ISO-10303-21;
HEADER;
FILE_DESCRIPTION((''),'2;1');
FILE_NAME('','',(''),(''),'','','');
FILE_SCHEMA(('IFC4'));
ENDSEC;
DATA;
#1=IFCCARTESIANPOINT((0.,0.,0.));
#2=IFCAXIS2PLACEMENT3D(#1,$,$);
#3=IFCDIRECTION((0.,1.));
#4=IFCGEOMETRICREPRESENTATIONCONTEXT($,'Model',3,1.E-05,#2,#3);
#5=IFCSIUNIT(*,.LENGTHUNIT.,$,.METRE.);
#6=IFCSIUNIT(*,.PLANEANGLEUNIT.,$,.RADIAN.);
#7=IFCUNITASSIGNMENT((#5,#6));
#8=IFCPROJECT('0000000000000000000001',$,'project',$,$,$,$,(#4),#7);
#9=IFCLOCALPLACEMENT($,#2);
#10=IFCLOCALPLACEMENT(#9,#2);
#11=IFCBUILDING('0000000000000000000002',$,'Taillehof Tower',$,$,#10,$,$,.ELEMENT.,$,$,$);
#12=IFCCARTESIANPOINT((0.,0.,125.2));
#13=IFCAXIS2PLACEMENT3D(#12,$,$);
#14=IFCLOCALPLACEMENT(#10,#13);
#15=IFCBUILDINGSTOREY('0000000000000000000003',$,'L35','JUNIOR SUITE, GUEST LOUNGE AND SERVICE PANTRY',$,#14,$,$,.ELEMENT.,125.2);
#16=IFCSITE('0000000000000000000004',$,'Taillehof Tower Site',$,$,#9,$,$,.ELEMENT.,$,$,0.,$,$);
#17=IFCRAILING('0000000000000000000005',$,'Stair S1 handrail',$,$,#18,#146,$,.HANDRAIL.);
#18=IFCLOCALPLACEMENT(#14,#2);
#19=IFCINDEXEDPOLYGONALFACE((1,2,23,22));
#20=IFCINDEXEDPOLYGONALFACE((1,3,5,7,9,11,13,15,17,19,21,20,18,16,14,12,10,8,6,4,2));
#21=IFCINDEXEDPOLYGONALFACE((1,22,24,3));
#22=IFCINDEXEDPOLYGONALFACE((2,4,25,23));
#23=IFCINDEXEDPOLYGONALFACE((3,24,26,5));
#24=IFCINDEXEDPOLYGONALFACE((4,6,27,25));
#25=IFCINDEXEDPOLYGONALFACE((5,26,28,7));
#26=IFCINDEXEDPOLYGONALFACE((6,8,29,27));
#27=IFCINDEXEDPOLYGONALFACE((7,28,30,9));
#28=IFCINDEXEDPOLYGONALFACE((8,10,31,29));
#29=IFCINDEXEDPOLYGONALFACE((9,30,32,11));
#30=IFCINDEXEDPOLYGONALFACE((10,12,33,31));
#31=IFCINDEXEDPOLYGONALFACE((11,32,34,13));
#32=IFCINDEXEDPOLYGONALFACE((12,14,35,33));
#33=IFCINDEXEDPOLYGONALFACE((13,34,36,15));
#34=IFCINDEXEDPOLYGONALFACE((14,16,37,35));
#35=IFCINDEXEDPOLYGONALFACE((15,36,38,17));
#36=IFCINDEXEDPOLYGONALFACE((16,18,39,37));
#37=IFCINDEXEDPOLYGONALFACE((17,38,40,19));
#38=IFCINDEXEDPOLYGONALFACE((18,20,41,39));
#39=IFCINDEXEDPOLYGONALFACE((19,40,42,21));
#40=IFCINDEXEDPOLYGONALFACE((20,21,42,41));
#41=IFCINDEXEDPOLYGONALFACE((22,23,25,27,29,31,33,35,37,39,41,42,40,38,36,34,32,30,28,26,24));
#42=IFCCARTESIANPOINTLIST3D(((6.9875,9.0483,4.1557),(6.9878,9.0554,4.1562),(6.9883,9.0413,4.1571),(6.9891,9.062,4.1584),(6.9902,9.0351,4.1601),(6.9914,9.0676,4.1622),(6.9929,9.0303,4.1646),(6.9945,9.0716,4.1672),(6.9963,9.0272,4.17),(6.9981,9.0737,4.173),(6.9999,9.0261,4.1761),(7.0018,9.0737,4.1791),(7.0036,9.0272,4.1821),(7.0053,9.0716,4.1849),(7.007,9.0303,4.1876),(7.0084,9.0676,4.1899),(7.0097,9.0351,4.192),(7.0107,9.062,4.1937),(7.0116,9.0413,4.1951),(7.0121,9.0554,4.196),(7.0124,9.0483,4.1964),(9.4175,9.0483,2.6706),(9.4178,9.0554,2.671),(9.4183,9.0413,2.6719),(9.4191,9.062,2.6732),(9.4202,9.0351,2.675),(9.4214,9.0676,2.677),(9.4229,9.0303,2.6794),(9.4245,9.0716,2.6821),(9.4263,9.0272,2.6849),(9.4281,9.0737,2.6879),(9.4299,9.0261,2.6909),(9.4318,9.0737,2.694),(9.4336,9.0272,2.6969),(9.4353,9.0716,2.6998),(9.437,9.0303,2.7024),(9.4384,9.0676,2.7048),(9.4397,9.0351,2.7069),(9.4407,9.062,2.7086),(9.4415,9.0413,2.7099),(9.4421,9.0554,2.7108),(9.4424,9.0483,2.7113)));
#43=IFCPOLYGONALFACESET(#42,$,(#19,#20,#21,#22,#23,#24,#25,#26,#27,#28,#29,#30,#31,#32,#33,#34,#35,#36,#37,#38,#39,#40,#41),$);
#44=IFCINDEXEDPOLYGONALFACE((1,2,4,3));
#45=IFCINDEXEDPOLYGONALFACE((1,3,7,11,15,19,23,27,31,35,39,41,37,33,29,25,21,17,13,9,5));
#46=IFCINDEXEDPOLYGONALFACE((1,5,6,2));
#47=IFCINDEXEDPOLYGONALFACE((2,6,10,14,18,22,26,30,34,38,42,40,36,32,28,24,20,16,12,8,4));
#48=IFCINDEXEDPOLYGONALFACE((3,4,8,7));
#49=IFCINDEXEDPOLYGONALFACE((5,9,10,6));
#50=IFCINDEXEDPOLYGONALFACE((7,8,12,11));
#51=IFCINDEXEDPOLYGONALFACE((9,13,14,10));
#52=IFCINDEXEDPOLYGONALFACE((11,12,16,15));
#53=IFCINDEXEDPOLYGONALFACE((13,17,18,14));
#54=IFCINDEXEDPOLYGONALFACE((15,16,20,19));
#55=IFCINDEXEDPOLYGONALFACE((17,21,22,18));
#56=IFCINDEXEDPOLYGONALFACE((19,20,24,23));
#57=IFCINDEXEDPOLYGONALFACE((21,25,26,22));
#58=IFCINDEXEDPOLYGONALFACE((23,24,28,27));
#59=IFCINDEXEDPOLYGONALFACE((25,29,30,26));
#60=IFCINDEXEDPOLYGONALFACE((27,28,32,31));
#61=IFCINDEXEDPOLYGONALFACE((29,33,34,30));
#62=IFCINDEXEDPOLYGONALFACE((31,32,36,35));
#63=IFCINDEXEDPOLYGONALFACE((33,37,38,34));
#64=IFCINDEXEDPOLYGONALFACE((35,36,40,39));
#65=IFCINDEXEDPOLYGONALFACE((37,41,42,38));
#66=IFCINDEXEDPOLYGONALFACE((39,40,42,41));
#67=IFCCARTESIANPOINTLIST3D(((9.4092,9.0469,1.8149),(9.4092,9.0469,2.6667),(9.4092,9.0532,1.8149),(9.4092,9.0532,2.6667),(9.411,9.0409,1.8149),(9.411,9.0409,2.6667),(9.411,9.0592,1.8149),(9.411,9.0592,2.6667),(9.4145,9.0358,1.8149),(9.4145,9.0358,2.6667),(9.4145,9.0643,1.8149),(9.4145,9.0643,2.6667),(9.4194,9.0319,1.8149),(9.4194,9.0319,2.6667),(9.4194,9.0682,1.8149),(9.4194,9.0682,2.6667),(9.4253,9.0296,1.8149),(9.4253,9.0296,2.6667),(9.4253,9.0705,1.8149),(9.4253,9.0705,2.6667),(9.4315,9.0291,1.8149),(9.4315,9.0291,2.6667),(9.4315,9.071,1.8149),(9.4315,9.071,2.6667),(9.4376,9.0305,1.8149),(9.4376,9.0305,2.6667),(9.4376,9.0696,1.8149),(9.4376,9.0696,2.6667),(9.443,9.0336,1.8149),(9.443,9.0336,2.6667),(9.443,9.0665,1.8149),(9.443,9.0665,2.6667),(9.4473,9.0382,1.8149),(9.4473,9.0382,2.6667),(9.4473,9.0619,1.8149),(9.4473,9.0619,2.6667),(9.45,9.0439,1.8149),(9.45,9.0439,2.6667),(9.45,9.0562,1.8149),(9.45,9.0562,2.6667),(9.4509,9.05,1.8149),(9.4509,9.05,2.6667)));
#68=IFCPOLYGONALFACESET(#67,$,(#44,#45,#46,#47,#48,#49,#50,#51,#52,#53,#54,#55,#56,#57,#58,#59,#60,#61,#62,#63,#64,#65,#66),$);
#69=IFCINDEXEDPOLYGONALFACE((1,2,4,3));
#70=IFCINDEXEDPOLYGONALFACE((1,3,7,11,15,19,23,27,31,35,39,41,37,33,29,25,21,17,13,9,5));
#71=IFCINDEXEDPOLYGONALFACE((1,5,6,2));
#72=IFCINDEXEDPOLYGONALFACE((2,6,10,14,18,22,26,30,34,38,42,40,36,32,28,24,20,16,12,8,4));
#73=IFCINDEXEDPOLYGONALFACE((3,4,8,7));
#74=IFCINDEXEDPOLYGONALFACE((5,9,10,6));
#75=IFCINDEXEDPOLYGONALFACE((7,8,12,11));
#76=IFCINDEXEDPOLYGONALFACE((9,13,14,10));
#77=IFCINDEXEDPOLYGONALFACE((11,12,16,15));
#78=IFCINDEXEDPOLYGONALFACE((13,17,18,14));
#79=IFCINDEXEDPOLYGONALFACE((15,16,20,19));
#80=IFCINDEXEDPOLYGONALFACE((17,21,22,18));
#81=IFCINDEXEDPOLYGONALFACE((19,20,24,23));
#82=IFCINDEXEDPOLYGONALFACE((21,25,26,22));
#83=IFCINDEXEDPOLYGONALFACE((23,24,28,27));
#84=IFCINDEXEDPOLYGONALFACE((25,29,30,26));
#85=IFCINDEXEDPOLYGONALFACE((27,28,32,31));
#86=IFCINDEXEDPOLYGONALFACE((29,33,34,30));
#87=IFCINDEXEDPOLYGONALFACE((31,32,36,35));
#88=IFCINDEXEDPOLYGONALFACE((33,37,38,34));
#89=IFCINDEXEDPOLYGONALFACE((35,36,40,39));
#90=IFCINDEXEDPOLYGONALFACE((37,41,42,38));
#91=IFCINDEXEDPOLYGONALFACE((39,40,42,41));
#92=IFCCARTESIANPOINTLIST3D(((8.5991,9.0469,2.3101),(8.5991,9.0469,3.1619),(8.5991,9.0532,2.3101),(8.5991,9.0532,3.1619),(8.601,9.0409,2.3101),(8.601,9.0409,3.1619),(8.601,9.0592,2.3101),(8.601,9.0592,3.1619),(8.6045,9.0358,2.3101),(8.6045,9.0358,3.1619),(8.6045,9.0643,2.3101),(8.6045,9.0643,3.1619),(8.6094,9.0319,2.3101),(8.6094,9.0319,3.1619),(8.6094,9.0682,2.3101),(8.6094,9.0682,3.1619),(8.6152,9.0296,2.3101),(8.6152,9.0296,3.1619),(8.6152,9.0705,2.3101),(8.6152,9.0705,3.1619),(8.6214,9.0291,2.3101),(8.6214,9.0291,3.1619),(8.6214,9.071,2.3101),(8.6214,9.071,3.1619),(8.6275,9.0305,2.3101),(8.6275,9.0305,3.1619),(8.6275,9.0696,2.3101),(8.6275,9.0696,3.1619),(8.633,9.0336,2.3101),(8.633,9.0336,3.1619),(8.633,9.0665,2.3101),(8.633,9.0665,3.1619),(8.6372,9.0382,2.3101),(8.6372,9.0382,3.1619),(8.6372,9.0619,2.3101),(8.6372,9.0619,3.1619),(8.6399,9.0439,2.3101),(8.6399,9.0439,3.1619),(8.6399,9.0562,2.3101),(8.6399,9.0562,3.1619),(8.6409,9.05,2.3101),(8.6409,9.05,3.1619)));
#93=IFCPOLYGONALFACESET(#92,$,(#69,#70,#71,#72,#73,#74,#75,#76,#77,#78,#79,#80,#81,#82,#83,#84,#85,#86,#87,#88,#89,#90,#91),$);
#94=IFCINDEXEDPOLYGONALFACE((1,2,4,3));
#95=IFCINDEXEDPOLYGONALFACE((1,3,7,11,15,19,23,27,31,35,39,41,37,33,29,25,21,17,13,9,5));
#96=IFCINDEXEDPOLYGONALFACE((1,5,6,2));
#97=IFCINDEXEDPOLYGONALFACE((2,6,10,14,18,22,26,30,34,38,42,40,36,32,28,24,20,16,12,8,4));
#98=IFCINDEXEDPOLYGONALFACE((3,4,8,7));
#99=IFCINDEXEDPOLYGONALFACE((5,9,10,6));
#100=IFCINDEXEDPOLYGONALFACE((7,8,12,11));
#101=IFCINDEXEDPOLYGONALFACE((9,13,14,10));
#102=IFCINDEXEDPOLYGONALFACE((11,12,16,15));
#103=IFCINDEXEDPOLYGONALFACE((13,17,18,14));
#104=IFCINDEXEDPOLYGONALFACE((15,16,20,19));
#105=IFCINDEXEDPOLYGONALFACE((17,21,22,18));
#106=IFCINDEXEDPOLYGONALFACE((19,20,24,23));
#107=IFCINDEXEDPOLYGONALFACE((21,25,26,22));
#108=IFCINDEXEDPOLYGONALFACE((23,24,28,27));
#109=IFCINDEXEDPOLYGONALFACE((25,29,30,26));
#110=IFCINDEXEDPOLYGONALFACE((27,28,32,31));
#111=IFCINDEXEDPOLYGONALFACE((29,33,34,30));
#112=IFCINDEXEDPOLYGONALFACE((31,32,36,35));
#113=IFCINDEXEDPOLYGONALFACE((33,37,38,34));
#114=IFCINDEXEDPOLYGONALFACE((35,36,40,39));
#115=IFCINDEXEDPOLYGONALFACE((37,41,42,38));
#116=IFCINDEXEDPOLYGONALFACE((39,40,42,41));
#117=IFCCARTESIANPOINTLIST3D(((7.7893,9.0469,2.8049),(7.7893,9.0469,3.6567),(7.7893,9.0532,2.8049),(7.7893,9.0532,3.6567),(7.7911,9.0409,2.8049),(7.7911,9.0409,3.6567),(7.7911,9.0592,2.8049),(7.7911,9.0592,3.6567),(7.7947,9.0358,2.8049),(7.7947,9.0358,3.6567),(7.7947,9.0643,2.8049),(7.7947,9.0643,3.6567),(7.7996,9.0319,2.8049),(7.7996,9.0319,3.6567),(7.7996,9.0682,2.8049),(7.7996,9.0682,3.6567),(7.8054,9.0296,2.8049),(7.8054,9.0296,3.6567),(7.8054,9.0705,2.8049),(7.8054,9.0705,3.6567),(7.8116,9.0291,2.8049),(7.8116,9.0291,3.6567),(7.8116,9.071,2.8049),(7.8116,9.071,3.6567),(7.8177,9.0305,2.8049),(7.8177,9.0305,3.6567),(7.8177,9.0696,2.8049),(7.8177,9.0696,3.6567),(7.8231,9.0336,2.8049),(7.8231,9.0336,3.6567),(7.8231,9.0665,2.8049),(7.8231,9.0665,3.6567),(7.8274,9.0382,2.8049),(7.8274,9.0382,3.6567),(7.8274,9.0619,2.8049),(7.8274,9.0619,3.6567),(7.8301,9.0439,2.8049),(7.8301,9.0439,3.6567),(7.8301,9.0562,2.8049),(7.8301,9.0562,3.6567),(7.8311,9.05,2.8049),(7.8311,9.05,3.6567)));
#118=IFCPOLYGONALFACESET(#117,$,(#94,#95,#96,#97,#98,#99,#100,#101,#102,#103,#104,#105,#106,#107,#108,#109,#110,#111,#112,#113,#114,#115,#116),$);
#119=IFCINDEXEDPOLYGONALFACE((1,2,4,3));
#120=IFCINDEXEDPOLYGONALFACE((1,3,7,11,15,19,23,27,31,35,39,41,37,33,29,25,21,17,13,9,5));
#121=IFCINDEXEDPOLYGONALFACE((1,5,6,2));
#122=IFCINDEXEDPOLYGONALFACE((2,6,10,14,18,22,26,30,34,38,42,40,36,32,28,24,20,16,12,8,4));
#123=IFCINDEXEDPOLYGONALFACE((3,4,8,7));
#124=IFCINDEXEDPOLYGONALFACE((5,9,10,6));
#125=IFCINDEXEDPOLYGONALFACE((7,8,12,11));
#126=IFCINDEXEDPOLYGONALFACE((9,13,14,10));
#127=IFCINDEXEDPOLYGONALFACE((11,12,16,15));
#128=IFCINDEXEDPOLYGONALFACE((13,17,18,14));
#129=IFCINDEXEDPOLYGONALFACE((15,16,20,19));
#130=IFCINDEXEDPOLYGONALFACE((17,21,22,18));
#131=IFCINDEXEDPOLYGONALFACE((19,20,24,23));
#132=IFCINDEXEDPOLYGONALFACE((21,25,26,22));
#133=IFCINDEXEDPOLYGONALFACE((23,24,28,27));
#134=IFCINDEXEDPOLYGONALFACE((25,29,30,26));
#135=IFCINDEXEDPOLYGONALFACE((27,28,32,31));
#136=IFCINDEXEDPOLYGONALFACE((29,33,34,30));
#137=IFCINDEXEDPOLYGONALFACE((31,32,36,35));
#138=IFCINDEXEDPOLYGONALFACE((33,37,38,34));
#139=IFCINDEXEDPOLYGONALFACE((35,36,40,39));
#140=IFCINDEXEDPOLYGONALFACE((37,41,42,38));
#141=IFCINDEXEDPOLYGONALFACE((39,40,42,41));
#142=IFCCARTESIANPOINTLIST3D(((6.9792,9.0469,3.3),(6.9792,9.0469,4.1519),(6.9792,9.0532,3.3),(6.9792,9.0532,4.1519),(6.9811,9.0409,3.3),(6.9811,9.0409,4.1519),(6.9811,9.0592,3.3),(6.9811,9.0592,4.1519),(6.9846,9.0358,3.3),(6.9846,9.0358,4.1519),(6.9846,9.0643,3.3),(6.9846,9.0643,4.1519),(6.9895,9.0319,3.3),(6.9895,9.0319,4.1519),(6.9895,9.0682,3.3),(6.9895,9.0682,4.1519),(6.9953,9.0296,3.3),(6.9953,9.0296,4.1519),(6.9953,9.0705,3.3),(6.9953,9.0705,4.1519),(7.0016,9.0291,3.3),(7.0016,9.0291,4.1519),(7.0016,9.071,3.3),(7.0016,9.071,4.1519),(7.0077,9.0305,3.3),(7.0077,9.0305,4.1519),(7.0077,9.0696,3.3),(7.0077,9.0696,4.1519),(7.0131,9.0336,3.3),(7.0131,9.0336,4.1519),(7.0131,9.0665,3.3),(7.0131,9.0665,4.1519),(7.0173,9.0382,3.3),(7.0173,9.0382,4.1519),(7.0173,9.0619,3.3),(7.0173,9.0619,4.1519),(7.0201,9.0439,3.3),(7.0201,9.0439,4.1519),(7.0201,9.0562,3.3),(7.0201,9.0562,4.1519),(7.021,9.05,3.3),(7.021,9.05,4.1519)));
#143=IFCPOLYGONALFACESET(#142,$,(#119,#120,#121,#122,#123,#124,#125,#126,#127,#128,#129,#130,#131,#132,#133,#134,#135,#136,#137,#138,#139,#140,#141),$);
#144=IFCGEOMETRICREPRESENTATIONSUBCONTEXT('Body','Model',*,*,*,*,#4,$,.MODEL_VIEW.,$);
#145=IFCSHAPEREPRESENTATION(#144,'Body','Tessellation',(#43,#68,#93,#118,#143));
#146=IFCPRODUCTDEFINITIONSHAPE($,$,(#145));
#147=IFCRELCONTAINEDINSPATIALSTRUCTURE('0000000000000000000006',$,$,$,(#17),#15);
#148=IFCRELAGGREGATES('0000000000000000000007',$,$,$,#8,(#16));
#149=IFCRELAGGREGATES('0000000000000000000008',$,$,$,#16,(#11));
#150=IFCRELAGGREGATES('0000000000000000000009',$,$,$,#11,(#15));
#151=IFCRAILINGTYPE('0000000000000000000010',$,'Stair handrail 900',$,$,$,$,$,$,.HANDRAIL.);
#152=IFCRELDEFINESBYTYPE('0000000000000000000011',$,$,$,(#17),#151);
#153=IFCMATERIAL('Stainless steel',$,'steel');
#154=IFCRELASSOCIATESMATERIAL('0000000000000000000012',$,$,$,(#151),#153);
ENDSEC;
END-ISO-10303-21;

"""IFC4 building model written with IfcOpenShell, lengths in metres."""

from ifc_helpers import new_model, si_unit, direction, frame, origin, origin_2d, place, context, subcontext, project, spatial, circle, extrude, material, type_object, element, save


model = new_model("IFC4")

# Units and contexts
model_context = context("Model", 3, precision=1e-05, world=origin(), true_north=direction((0.0, 1.0)))
body_context = subcontext(model_context, "Body", "Model", "MODEL_VIEW")
ifc_project = project(units=[si_unit("LENGTHUNIT", "METRE"), si_unit("PLANEANGLEUNIT", "RADIAN")], contexts=[model_context])

# Site, building, storey
site_placement = place(None, origin())
site = spatial("IfcSite", under=ifc_project, at=site_placement, Name="Taillehof Tower Site", CompositionType="ELEMENT", RefElevation=0.0)
building_placement = place(site_placement, origin())
building = spatial("IfcBuilding", under=site, at=building_placement, Name="Taillehof Tower", CompositionType="ELEMENT")
storey_placement = place(building_placement, frame((0.0, 0.0, 125.2)))
storey = spatial("IfcBuildingStorey", under=building, at=storey_placement, Name="L35", Description="JUNIOR SUITE, GUEST LOUNGE AND SERVICE PANTRY", CompositionType="ELEMENT", Elevation=125.2)

# Railing
ifc_material_1 = material(Name="Stainless steel", Category="steel")
railing_type = type_object("IfcRailingType", Name="Stair handrail 900", PredefinedType="HANDRAIL", material=ifc_material_1)
railing_placement = place(storey_placement, frame((9.4299, 9.05, 1.8149)))
element("IfcRailing", 1, at=railing_placement, inside=storey, type_object=railing_type, Name="Stair S1 handrail", PredefinedType="HANDRAIL", context=body_context, shape_type="SweptSolid", body=[
    extrude(circle(Radius=0.0239, at=origin_2d()), frame((0.0, 0.0, 0.876), z_axis=(-0.853259, 0.0, 0.521488), x_axis=(0.0, -1.0, 0.0)), (0.0, 0.0, 1.0), 2.8479),
    extrude(circle(Radius=0.021, at=origin_2d()), origin(), (0.0, 0.0, 1.0), 0.8518),
    extrude(circle(Radius=0.021, at=origin_2d()), frame((-0.8101, 0.0, 0.4951)), (0.0, 0.0, 1.0), 0.8518),
    extrude(circle(Radius=0.021, at=origin_2d()), frame((-1.6199, 0.0, 0.99)), (0.0, 0.0, 1.0), 0.8518),
    extrude(circle(Radius=0.021, at=origin_2d()), frame((-2.4299, 0.0, 1.4851)), (0.0, 0.0, 1.0), 0.8518),
])

save(model, "model.ifc")
